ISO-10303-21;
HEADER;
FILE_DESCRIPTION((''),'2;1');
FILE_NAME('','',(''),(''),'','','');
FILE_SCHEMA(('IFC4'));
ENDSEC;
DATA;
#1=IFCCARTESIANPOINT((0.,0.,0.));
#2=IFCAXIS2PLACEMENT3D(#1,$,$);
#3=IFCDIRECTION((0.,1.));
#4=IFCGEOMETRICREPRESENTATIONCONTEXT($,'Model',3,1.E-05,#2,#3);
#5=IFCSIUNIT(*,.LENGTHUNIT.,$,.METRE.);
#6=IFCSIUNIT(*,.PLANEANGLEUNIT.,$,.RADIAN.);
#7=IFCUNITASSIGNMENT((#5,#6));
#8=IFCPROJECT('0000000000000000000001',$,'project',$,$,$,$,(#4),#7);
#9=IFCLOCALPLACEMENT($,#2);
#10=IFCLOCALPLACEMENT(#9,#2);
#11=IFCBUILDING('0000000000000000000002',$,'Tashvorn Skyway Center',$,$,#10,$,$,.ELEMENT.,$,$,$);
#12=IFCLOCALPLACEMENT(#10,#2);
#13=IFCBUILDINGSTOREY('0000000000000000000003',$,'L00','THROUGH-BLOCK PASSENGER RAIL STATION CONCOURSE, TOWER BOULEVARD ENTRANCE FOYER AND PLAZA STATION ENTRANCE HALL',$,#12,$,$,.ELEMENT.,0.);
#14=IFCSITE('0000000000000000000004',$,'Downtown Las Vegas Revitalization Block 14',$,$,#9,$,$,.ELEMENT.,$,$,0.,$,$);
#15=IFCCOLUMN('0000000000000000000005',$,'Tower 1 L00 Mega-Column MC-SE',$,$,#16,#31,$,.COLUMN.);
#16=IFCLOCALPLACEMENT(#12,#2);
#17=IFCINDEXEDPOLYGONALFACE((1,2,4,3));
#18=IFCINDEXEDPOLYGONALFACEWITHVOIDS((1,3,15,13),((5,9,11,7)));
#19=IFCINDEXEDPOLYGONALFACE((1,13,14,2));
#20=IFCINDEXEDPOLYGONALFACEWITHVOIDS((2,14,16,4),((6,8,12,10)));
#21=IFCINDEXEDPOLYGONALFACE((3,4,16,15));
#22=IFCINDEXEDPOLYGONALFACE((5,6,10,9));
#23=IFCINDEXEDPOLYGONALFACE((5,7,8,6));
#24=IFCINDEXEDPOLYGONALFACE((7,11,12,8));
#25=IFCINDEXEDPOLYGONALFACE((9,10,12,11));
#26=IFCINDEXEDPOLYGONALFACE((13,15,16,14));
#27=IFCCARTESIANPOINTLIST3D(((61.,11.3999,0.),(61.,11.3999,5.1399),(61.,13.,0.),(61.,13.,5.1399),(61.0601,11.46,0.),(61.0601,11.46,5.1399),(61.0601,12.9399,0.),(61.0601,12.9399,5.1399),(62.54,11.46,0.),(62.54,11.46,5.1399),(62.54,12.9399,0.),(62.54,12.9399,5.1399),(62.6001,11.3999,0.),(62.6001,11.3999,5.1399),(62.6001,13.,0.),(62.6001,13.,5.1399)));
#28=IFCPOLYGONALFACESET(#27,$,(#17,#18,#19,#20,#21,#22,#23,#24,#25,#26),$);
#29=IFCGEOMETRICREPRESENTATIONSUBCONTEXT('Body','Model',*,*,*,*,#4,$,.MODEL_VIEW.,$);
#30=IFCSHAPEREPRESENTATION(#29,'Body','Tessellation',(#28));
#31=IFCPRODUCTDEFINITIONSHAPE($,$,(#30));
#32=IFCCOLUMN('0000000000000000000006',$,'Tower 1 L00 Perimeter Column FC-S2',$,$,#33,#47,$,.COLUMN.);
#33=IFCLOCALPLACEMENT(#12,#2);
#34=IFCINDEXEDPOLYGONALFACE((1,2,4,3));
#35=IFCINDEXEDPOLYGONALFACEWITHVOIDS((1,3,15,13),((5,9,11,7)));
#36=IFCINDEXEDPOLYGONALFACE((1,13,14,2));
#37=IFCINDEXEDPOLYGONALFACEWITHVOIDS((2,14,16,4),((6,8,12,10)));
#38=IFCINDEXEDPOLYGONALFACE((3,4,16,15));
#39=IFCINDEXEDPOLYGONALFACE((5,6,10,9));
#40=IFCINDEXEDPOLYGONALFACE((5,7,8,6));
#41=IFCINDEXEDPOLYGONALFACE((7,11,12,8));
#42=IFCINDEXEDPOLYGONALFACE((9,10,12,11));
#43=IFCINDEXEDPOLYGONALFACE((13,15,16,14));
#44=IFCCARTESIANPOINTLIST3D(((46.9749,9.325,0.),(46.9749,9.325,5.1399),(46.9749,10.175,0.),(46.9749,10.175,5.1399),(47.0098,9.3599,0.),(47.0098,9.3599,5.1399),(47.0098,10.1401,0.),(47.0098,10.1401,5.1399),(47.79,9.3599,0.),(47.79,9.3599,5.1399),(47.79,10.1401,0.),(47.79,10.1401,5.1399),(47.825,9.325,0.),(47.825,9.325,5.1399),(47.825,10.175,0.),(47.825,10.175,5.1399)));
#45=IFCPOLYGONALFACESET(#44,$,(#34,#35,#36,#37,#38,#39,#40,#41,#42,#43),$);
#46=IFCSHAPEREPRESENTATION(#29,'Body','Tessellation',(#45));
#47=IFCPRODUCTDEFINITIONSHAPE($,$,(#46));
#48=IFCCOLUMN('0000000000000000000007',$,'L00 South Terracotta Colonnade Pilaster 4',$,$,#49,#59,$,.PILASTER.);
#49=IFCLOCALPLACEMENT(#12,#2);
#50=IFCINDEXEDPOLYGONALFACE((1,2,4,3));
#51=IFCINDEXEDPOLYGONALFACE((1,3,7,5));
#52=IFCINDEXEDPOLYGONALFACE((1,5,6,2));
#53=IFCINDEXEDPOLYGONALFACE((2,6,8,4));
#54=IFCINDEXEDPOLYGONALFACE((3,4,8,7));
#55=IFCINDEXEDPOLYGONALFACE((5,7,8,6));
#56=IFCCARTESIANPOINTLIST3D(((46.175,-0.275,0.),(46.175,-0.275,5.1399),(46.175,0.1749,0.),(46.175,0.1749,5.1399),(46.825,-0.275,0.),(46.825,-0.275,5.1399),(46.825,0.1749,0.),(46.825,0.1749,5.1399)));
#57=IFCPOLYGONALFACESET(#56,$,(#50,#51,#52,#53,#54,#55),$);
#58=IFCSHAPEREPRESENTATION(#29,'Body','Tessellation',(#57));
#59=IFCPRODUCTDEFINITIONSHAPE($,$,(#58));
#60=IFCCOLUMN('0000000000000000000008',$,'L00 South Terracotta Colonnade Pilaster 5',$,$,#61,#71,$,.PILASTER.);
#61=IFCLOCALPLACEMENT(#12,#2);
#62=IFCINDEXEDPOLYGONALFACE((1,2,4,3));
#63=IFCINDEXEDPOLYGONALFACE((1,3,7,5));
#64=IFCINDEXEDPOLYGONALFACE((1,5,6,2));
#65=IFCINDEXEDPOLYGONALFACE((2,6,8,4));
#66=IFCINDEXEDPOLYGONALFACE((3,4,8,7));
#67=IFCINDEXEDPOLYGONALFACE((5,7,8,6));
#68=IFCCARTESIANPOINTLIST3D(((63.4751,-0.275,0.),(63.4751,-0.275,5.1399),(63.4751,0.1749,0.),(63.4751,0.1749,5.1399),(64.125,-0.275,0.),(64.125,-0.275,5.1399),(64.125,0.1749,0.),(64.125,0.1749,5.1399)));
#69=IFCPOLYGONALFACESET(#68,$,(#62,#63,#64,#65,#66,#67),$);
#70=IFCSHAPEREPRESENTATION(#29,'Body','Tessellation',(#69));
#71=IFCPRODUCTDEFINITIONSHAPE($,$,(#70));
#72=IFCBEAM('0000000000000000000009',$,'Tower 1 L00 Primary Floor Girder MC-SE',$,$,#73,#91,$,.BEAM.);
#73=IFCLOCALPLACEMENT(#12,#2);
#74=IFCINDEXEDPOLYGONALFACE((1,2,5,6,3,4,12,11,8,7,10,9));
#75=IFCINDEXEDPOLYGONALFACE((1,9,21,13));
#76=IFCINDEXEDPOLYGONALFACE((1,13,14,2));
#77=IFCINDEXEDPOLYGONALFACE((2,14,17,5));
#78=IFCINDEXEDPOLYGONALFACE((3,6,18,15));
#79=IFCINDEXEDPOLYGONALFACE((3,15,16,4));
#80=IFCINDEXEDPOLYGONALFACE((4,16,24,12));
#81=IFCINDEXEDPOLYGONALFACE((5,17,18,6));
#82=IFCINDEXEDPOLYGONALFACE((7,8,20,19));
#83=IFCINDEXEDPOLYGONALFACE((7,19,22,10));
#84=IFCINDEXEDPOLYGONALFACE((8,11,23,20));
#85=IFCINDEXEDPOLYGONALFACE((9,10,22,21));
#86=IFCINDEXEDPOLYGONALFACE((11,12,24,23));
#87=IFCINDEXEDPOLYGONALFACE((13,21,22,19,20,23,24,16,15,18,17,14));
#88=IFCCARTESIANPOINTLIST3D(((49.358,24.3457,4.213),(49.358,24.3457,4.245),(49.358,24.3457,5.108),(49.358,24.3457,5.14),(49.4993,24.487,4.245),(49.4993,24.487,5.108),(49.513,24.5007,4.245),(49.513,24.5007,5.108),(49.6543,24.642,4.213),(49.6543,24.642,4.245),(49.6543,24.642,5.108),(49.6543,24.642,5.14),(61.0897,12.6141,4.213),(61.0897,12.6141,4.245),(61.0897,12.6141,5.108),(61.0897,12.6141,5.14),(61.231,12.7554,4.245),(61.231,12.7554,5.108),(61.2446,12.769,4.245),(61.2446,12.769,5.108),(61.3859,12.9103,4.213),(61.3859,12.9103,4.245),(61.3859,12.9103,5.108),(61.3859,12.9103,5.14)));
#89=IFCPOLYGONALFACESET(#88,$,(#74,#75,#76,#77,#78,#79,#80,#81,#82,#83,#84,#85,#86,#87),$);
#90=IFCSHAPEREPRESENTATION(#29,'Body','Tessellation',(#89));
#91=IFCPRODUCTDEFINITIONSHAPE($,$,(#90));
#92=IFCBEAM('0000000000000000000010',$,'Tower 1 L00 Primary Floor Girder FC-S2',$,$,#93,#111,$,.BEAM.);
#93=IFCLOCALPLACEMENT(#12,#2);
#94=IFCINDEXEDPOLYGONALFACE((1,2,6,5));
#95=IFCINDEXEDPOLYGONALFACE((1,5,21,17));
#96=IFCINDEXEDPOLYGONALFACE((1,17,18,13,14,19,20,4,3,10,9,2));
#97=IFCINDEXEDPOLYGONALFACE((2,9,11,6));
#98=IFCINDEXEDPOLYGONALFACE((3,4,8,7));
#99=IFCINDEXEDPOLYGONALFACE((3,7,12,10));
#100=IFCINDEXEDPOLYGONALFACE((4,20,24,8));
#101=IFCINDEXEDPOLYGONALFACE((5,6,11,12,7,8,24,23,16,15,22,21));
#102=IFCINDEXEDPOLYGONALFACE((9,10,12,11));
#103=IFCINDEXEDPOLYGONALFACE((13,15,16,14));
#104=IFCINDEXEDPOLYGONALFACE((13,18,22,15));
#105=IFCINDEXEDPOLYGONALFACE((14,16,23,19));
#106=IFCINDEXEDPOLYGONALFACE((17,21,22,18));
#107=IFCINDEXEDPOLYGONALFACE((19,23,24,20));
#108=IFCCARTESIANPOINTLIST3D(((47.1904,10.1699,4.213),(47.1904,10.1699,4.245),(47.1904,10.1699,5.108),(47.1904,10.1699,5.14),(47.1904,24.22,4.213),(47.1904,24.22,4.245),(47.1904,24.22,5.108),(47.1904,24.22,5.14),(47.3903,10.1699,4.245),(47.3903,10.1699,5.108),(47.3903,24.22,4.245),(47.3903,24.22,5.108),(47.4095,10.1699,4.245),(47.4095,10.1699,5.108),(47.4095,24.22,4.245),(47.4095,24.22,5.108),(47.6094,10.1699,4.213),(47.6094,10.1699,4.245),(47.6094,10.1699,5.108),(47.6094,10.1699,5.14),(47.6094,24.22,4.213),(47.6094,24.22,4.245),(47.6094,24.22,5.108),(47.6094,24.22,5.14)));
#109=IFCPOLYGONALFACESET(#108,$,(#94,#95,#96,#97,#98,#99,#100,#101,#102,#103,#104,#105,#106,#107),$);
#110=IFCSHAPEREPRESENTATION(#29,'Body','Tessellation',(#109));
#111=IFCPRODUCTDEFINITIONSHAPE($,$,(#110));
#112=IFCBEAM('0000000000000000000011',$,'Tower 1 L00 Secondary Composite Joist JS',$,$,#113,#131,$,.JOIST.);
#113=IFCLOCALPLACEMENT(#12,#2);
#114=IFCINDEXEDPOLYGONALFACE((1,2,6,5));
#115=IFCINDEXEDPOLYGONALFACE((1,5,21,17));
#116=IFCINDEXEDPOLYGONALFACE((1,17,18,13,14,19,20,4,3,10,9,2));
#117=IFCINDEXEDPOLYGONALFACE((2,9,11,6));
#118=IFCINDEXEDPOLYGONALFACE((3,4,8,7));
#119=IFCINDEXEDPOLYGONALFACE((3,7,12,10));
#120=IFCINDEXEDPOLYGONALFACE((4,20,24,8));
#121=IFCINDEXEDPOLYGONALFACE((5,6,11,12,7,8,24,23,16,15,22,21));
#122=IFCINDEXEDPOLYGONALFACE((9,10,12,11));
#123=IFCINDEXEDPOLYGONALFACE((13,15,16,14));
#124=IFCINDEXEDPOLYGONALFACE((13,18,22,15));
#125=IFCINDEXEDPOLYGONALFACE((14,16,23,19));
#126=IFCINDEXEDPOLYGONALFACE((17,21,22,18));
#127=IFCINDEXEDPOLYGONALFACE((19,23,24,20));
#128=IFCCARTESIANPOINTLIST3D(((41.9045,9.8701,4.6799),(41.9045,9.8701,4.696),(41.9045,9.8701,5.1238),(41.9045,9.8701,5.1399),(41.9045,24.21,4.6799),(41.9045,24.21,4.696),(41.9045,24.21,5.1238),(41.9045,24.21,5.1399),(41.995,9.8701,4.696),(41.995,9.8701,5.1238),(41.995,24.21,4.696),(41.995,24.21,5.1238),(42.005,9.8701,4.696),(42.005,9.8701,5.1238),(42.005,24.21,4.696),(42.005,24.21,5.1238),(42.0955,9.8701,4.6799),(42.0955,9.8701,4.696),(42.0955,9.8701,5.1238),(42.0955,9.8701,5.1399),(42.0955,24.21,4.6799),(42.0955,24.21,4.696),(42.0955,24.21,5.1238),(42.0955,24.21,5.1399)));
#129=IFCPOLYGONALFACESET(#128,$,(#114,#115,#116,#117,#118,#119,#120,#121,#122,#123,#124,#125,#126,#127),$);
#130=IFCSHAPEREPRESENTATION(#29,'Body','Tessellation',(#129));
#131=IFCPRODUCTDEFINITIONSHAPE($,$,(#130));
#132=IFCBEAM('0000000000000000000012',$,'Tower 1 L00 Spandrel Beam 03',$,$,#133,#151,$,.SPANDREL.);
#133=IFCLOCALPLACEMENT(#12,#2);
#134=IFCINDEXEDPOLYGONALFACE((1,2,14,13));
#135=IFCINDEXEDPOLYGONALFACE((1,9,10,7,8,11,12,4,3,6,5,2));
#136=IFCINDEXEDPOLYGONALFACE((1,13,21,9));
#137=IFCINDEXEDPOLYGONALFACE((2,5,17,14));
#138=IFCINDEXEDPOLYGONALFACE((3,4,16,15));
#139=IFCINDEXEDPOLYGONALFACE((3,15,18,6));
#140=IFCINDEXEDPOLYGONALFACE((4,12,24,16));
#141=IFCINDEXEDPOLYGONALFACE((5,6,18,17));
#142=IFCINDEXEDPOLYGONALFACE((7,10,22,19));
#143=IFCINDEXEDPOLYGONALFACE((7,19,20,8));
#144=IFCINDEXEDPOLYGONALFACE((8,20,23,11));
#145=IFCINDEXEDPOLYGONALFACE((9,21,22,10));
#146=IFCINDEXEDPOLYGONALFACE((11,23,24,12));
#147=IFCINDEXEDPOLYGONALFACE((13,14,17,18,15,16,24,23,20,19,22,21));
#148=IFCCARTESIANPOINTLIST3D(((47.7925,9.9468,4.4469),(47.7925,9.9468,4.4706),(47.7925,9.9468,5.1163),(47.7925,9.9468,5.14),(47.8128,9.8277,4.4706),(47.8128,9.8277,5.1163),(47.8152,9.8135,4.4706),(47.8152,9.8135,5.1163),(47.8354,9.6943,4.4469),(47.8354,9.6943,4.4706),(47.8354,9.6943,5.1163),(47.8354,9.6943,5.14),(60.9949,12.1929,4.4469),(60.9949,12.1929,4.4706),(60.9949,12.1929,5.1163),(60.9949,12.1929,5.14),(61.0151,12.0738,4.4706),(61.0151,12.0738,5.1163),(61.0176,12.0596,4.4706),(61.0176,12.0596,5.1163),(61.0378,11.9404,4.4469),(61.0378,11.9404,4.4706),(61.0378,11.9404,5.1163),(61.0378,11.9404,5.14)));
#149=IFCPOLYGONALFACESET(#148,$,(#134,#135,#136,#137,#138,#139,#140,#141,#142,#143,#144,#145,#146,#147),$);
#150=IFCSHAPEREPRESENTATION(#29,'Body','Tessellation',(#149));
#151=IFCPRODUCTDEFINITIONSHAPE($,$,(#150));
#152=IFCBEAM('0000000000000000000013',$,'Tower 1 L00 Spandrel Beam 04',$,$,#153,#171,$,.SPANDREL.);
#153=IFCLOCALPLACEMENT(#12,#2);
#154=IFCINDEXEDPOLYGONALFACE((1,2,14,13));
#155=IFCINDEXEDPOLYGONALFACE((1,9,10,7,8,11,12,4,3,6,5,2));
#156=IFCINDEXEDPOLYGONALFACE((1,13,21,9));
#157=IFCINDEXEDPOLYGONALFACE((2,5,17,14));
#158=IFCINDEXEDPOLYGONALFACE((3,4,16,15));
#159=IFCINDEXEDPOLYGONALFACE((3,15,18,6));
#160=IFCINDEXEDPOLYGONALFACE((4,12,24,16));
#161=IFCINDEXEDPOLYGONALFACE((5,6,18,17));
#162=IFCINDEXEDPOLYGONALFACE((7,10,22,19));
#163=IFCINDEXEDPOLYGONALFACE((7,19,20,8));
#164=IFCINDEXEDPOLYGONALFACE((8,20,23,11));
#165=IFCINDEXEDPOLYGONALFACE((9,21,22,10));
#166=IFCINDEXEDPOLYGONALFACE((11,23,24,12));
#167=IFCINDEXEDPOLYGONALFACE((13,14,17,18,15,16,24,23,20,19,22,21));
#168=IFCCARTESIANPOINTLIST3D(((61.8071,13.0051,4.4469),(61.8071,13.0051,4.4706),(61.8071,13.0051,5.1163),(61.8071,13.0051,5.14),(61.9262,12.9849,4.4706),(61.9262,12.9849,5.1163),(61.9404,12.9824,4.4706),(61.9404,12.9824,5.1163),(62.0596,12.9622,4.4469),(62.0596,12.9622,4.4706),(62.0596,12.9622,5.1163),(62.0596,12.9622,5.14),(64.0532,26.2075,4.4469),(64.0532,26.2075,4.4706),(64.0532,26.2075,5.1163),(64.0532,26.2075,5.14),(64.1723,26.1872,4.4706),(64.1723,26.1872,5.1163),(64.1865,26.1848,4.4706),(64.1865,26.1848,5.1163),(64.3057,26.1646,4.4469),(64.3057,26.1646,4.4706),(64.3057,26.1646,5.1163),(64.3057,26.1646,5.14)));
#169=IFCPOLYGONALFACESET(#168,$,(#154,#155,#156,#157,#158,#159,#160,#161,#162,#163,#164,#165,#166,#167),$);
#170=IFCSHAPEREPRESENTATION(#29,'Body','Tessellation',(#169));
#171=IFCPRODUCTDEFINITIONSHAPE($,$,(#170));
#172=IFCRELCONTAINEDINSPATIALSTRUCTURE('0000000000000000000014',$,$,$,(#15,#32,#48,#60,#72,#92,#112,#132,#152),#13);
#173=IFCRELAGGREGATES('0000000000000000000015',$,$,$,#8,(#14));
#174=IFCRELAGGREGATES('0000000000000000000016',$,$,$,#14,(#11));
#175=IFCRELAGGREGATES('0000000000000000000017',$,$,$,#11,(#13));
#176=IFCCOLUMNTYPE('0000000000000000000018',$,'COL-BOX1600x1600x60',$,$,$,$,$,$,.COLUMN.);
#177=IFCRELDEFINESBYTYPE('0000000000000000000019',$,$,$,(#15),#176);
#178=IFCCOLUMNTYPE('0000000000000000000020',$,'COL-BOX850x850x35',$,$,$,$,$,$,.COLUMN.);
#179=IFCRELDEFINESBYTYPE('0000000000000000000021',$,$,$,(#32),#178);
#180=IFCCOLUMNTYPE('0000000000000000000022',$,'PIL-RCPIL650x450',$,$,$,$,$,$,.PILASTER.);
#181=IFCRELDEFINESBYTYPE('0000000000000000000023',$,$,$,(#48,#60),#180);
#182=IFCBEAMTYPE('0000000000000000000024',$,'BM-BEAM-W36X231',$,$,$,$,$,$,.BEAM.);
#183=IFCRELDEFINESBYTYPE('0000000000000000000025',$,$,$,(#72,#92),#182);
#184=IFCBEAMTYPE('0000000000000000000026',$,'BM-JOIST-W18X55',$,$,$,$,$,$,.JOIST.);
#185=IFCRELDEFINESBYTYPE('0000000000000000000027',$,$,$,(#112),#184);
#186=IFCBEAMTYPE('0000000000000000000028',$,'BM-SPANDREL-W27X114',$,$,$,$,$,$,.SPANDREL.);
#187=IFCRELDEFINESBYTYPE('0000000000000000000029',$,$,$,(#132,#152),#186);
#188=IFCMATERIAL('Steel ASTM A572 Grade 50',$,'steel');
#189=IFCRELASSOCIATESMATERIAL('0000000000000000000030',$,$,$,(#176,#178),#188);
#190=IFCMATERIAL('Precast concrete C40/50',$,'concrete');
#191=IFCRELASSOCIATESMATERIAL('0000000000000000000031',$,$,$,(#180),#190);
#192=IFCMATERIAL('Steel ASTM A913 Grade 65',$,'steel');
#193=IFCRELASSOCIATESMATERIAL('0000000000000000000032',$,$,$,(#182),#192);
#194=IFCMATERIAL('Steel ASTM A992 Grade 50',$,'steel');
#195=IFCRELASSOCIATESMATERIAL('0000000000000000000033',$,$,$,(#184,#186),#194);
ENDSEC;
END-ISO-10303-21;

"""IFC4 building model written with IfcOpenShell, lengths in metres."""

from ifc_helpers import new_model, si_unit, direction, frame, origin, origin_2d, place, context, subcontext, project, spatial, rectangle, hollow_rectangle, i_section, extrude, material, material_profile, profile_set, type_object, element, save


model = new_model("IFC4")

# Units and contexts
model_context = context("Model", 3, precision=1e-05, world=origin(), true_north=direction((0.0, 1.0)))
body_context = subcontext(model_context, "Body", "Model", "MODEL_VIEW")
ifc_project = project(units=[si_unit("LENGTHUNIT", "METRE"), si_unit("PLANEANGLEUNIT", "RADIAN")], contexts=[model_context])

# Site, building, storey
site_placement = place(None, origin())
site = spatial("IfcSite", under=ifc_project, at=site_placement, Name="Downtown Las Vegas Revitalization Block 14", CompositionType="ELEMENT", RefElevation=0.0)
building_placement = place(site_placement, origin())
building = spatial("IfcBuilding", under=site, at=building_placement, Name="Tashvorn Skyway Center", CompositionType="ELEMENT")
storey_placement = place(building_placement, origin())
storey = spatial("IfcBuildingStorey", under=building, at=storey_placement, Name="L00", Description="THROUGH-BLOCK PASSENGER RAIL STATION CONCOURSE, TOWER BOULEVARD ENTRANCE FOYER AND PLAZA STATION ENTRANCE HALL", CompositionType="ELEMENT", Elevation=0.0)

# Columns
ifc_material_1 = material(Name="Steel ASTM A572 Grade 50", Category="steel")
ifc_material_profile_1 = material_profile(ifc_material_1, hollow_rectangle(XDim=1.6001, YDim=1.6001, WallThickness=0.0601, at=origin_2d()), Name="BOX1600x1600x60")
ifc_profile_set_1 = profile_set([ifc_material_profile_1], Name="Steel ASTM A572 Grade 50")
column_type_1 = type_object("IfcColumnType", Name="COL-BOX1600x1600x60", PredefinedType="COLUMN", material=ifc_profile_set_1)
column_1_placement = place(storey_placement, frame((61.8, 12.2, 0.0), z_axis=(0.0, 0.0, 1.0), x_axis=(1.0, 0.0, 0.0)))
element("IfcColumn", 1, at=column_1_placement, inside=storey, type_object=column_type_1, Name="Tower 1 L00 Mega-Column MC-SE", PredefinedType="COLUMN", context=body_context, shape_type="SweptSolid", body=[
    extrude(hollow_rectangle(XDim=1.6001, YDim=1.6001, WallThickness=0.0601, at=origin_2d()), origin(), (0.0, 0.0, 1.0), 5.1399),
])
ifc_material_profile_2 = material_profile(ifc_material_1, hollow_rectangle(XDim=0.8501, YDim=0.8501, WallThickness=0.0349, at=origin_2d()), Name="BOX850x850x35")
ifc_profile_set_2 = profile_set([ifc_material_profile_2], Name="Steel ASTM A572 Grade 50")
column_type_2 = type_object("IfcColumnType", Name="COL-BOX850x850x35", PredefinedType="COLUMN", material=ifc_profile_set_2)
column_2_placement = place(storey_placement, frame((47.3999, 9.75, 0.0), z_axis=(0.0, 0.0, 1.0), x_axis=(1.0, 0.0, 0.0)))
element("IfcColumn", 2, at=column_2_placement, inside=storey, type_object=column_type_2, Name="Tower 1 L00 Perimeter Column FC-S2", PredefinedType="COLUMN", context=body_context, shape_type="SweptSolid", body=[
    extrude(hollow_rectangle(XDim=0.8501, YDim=0.8501, WallThickness=0.0349, at=origin_2d()), origin(), (0.0, 0.0, 1.0), 5.1399),
])
ifc_material_2 = material(Name="Precast concrete C40/50", Category="concrete")
ifc_material_profile_3 = material_profile(ifc_material_2, rectangle(XDim=0.6499, YDim=0.45, at=origin_2d()), Name="RCPIL650x450")
ifc_profile_set_3 = profile_set([ifc_material_profile_3], Name="Precast concrete C40/50")
column_type_3 = type_object("IfcColumnType", Name="PIL-RCPIL650x450", PredefinedType="PILASTER", material=ifc_profile_set_3)
for number, where, z_axis, x_axis, name in (
    (3, (46.5, -0.05, 0.0), (0.0, 0.0, 1.0), (1.0, 0.0, 0.0), "L00 South Terracotta Colonnade Pilaster 4"),
    (4, (63.8, -0.05, 0.0), (0.0, 0.0, 1.0), (1.0, 0.0, 0.0), "L00 South Terracotta Colonnade Pilaster 5"),
):
    element("IfcColumn", number, at=place(storey_placement, frame(where, z_axis=z_axis, x_axis=x_axis)), inside=storey, type_object=column_type_3, Name=name, PredefinedType="PILASTER", context=body_context, shape_type="SweptSolid", body=[
        extrude(rectangle(XDim=0.6499, YDim=0.45, at=origin_2d()), origin(), (0.0, 0.0, 1.0), 5.1399),
    ])

# Beams
ifc_material_3 = material(Name="Steel ASTM A913 Grade 65", Category="steel")
ifc_material_profile_4 = material_profile(ifc_material_3, i_section(OverallWidth=0.4189, OverallDepth=0.927, WebThickness=0.0193, FlangeThickness=0.032, at=origin_2d()), Name="W36X231")
ifc_profile_set_4 = profile_set([ifc_material_profile_4], Name="Steel ASTM A913 Grade 65")
beam_type_1 = type_object("IfcBeamType", Name="BM-BEAM-W36X231", PredefinedType="BEAM", material=ifc_profile_set_4)
beam_1_placement = place(storey_placement, frame((61.2378, 12.7622, 4.6765), z_axis=(-0.707107, 0.707107, 0.0), x_axis=(-0.707107, -0.707107, 0.0)))
element("IfcBeam", 5, at=beam_1_placement, inside=storey, type_object=beam_type_1, Name="Tower 1 L00 Primary Floor Girder MC-SE", PredefinedType="BEAM", context=body_context, shape_type="SweptSolid", body=[
    extrude(i_section(OverallWidth=0.4189, OverallDepth=0.927, WebThickness=0.0193, FlangeThickness=0.032, at=origin_2d()), origin(), (0.0, 0.0, 1.0), 16.5911),
])
beam_2_placement = place(storey_placement, frame((47.3999, 10.1699, 4.6765), z_axis=(0.0, 1.0, 0.0), x_axis=(-1.0, 0.0, 0.0)))
element("IfcBeam", 6, at=beam_2_placement, inside=storey, type_object=beam_type_1, Name="Tower 1 L00 Primary Floor Girder FC-S2", PredefinedType="BEAM", context=body_context, shape_type="SweptSolid", body=[
    extrude(i_section(OverallWidth=0.4189, OverallDepth=0.927, WebThickness=0.0193, FlangeThickness=0.032, at=origin_2d()), origin(), (0.0, 0.0, 1.0), 14.05),
])
ifc_material_4 = material(Name="Steel ASTM A992 Grade 50", Category="steel")
ifc_material_profile_5 = material_profile(ifc_material_4, i_section(OverallWidth=0.1909, OverallDepth=0.46, WebThickness=0.01, FlangeThickness=0.0161, at=origin_2d()), Name="W18X55")
ifc_profile_set_5 = profile_set([ifc_material_profile_5], Name="Steel ASTM A992 Grade 50")
beam_type_2 = type_object("IfcBeamType", Name="BM-JOIST-W18X55", PredefinedType="JOIST", material=ifc_profile_set_5)
beam_3_placement = place(storey_placement, frame((42.0, 24.21, 4.9099), z_axis=(0.0, -1.0, 0.0), x_axis=(1.0, 0.0, 0.0)))
element("IfcBeam", 7, at=beam_3_placement, inside=storey, type_object=beam_type_2, Name="Tower 1 L00 Secondary Composite Joist JS", PredefinedType="JOIST", context=body_context, shape_type="SweptSolid", body=[
    extrude(i_section(OverallWidth=0.1909, OverallDepth=0.46, WebThickness=0.01, FlangeThickness=0.0161, at=origin_2d()), origin(), (0.0, 0.0, 1.0), 14.3398),
])
ifc_material_profile_6 = material_profile(ifc_material_4, i_section(OverallWidth=0.2561, OverallDepth=0.6931, WebThickness=0.0144, FlangeThickness=0.0237, at=origin_2d()), Name="W27X114")
ifc_profile_set_6 = profile_set([ifc_material_profile_6], Name="Steel ASTM A992 Grade 50")
beam_type_3 = type_object("IfcBeamType", Name="BM-SPANDREL-W27X114", PredefinedType="SPANDREL", material=ifc_profile_set_6)
for number, where, z_axis, x_axis, name in (
    (8, (47.814, 9.8206, 4.7935), (0.985835, 0.167718, 0.0), (-0.167718, 0.985835, 0.0), "Tower 1 L00 Spandrel Beam 03"),
    (9, (61.9333, 12.9836, 4.7935), (0.167718, 0.985835, 0.0), (-0.985835, 0.167718, 0.0), "Tower 1 L00 Spandrel Beam 04"),
):
    element("IfcBeam", number, at=place(storey_placement, frame(where, z_axis=z_axis, x_axis=x_axis)), inside=storey, type_object=beam_type_3, Name=name, PredefinedType="SPANDREL", context=body_context, shape_type="SweptSolid", body=[
        extrude(i_section(OverallWidth=0.2561, OverallDepth=0.6931, WebThickness=0.0144, FlangeThickness=0.0237, at=origin_2d()), origin(), (0.0, 0.0, 1.0), 13.3921),
    ])

save(model, "model.ifc")
